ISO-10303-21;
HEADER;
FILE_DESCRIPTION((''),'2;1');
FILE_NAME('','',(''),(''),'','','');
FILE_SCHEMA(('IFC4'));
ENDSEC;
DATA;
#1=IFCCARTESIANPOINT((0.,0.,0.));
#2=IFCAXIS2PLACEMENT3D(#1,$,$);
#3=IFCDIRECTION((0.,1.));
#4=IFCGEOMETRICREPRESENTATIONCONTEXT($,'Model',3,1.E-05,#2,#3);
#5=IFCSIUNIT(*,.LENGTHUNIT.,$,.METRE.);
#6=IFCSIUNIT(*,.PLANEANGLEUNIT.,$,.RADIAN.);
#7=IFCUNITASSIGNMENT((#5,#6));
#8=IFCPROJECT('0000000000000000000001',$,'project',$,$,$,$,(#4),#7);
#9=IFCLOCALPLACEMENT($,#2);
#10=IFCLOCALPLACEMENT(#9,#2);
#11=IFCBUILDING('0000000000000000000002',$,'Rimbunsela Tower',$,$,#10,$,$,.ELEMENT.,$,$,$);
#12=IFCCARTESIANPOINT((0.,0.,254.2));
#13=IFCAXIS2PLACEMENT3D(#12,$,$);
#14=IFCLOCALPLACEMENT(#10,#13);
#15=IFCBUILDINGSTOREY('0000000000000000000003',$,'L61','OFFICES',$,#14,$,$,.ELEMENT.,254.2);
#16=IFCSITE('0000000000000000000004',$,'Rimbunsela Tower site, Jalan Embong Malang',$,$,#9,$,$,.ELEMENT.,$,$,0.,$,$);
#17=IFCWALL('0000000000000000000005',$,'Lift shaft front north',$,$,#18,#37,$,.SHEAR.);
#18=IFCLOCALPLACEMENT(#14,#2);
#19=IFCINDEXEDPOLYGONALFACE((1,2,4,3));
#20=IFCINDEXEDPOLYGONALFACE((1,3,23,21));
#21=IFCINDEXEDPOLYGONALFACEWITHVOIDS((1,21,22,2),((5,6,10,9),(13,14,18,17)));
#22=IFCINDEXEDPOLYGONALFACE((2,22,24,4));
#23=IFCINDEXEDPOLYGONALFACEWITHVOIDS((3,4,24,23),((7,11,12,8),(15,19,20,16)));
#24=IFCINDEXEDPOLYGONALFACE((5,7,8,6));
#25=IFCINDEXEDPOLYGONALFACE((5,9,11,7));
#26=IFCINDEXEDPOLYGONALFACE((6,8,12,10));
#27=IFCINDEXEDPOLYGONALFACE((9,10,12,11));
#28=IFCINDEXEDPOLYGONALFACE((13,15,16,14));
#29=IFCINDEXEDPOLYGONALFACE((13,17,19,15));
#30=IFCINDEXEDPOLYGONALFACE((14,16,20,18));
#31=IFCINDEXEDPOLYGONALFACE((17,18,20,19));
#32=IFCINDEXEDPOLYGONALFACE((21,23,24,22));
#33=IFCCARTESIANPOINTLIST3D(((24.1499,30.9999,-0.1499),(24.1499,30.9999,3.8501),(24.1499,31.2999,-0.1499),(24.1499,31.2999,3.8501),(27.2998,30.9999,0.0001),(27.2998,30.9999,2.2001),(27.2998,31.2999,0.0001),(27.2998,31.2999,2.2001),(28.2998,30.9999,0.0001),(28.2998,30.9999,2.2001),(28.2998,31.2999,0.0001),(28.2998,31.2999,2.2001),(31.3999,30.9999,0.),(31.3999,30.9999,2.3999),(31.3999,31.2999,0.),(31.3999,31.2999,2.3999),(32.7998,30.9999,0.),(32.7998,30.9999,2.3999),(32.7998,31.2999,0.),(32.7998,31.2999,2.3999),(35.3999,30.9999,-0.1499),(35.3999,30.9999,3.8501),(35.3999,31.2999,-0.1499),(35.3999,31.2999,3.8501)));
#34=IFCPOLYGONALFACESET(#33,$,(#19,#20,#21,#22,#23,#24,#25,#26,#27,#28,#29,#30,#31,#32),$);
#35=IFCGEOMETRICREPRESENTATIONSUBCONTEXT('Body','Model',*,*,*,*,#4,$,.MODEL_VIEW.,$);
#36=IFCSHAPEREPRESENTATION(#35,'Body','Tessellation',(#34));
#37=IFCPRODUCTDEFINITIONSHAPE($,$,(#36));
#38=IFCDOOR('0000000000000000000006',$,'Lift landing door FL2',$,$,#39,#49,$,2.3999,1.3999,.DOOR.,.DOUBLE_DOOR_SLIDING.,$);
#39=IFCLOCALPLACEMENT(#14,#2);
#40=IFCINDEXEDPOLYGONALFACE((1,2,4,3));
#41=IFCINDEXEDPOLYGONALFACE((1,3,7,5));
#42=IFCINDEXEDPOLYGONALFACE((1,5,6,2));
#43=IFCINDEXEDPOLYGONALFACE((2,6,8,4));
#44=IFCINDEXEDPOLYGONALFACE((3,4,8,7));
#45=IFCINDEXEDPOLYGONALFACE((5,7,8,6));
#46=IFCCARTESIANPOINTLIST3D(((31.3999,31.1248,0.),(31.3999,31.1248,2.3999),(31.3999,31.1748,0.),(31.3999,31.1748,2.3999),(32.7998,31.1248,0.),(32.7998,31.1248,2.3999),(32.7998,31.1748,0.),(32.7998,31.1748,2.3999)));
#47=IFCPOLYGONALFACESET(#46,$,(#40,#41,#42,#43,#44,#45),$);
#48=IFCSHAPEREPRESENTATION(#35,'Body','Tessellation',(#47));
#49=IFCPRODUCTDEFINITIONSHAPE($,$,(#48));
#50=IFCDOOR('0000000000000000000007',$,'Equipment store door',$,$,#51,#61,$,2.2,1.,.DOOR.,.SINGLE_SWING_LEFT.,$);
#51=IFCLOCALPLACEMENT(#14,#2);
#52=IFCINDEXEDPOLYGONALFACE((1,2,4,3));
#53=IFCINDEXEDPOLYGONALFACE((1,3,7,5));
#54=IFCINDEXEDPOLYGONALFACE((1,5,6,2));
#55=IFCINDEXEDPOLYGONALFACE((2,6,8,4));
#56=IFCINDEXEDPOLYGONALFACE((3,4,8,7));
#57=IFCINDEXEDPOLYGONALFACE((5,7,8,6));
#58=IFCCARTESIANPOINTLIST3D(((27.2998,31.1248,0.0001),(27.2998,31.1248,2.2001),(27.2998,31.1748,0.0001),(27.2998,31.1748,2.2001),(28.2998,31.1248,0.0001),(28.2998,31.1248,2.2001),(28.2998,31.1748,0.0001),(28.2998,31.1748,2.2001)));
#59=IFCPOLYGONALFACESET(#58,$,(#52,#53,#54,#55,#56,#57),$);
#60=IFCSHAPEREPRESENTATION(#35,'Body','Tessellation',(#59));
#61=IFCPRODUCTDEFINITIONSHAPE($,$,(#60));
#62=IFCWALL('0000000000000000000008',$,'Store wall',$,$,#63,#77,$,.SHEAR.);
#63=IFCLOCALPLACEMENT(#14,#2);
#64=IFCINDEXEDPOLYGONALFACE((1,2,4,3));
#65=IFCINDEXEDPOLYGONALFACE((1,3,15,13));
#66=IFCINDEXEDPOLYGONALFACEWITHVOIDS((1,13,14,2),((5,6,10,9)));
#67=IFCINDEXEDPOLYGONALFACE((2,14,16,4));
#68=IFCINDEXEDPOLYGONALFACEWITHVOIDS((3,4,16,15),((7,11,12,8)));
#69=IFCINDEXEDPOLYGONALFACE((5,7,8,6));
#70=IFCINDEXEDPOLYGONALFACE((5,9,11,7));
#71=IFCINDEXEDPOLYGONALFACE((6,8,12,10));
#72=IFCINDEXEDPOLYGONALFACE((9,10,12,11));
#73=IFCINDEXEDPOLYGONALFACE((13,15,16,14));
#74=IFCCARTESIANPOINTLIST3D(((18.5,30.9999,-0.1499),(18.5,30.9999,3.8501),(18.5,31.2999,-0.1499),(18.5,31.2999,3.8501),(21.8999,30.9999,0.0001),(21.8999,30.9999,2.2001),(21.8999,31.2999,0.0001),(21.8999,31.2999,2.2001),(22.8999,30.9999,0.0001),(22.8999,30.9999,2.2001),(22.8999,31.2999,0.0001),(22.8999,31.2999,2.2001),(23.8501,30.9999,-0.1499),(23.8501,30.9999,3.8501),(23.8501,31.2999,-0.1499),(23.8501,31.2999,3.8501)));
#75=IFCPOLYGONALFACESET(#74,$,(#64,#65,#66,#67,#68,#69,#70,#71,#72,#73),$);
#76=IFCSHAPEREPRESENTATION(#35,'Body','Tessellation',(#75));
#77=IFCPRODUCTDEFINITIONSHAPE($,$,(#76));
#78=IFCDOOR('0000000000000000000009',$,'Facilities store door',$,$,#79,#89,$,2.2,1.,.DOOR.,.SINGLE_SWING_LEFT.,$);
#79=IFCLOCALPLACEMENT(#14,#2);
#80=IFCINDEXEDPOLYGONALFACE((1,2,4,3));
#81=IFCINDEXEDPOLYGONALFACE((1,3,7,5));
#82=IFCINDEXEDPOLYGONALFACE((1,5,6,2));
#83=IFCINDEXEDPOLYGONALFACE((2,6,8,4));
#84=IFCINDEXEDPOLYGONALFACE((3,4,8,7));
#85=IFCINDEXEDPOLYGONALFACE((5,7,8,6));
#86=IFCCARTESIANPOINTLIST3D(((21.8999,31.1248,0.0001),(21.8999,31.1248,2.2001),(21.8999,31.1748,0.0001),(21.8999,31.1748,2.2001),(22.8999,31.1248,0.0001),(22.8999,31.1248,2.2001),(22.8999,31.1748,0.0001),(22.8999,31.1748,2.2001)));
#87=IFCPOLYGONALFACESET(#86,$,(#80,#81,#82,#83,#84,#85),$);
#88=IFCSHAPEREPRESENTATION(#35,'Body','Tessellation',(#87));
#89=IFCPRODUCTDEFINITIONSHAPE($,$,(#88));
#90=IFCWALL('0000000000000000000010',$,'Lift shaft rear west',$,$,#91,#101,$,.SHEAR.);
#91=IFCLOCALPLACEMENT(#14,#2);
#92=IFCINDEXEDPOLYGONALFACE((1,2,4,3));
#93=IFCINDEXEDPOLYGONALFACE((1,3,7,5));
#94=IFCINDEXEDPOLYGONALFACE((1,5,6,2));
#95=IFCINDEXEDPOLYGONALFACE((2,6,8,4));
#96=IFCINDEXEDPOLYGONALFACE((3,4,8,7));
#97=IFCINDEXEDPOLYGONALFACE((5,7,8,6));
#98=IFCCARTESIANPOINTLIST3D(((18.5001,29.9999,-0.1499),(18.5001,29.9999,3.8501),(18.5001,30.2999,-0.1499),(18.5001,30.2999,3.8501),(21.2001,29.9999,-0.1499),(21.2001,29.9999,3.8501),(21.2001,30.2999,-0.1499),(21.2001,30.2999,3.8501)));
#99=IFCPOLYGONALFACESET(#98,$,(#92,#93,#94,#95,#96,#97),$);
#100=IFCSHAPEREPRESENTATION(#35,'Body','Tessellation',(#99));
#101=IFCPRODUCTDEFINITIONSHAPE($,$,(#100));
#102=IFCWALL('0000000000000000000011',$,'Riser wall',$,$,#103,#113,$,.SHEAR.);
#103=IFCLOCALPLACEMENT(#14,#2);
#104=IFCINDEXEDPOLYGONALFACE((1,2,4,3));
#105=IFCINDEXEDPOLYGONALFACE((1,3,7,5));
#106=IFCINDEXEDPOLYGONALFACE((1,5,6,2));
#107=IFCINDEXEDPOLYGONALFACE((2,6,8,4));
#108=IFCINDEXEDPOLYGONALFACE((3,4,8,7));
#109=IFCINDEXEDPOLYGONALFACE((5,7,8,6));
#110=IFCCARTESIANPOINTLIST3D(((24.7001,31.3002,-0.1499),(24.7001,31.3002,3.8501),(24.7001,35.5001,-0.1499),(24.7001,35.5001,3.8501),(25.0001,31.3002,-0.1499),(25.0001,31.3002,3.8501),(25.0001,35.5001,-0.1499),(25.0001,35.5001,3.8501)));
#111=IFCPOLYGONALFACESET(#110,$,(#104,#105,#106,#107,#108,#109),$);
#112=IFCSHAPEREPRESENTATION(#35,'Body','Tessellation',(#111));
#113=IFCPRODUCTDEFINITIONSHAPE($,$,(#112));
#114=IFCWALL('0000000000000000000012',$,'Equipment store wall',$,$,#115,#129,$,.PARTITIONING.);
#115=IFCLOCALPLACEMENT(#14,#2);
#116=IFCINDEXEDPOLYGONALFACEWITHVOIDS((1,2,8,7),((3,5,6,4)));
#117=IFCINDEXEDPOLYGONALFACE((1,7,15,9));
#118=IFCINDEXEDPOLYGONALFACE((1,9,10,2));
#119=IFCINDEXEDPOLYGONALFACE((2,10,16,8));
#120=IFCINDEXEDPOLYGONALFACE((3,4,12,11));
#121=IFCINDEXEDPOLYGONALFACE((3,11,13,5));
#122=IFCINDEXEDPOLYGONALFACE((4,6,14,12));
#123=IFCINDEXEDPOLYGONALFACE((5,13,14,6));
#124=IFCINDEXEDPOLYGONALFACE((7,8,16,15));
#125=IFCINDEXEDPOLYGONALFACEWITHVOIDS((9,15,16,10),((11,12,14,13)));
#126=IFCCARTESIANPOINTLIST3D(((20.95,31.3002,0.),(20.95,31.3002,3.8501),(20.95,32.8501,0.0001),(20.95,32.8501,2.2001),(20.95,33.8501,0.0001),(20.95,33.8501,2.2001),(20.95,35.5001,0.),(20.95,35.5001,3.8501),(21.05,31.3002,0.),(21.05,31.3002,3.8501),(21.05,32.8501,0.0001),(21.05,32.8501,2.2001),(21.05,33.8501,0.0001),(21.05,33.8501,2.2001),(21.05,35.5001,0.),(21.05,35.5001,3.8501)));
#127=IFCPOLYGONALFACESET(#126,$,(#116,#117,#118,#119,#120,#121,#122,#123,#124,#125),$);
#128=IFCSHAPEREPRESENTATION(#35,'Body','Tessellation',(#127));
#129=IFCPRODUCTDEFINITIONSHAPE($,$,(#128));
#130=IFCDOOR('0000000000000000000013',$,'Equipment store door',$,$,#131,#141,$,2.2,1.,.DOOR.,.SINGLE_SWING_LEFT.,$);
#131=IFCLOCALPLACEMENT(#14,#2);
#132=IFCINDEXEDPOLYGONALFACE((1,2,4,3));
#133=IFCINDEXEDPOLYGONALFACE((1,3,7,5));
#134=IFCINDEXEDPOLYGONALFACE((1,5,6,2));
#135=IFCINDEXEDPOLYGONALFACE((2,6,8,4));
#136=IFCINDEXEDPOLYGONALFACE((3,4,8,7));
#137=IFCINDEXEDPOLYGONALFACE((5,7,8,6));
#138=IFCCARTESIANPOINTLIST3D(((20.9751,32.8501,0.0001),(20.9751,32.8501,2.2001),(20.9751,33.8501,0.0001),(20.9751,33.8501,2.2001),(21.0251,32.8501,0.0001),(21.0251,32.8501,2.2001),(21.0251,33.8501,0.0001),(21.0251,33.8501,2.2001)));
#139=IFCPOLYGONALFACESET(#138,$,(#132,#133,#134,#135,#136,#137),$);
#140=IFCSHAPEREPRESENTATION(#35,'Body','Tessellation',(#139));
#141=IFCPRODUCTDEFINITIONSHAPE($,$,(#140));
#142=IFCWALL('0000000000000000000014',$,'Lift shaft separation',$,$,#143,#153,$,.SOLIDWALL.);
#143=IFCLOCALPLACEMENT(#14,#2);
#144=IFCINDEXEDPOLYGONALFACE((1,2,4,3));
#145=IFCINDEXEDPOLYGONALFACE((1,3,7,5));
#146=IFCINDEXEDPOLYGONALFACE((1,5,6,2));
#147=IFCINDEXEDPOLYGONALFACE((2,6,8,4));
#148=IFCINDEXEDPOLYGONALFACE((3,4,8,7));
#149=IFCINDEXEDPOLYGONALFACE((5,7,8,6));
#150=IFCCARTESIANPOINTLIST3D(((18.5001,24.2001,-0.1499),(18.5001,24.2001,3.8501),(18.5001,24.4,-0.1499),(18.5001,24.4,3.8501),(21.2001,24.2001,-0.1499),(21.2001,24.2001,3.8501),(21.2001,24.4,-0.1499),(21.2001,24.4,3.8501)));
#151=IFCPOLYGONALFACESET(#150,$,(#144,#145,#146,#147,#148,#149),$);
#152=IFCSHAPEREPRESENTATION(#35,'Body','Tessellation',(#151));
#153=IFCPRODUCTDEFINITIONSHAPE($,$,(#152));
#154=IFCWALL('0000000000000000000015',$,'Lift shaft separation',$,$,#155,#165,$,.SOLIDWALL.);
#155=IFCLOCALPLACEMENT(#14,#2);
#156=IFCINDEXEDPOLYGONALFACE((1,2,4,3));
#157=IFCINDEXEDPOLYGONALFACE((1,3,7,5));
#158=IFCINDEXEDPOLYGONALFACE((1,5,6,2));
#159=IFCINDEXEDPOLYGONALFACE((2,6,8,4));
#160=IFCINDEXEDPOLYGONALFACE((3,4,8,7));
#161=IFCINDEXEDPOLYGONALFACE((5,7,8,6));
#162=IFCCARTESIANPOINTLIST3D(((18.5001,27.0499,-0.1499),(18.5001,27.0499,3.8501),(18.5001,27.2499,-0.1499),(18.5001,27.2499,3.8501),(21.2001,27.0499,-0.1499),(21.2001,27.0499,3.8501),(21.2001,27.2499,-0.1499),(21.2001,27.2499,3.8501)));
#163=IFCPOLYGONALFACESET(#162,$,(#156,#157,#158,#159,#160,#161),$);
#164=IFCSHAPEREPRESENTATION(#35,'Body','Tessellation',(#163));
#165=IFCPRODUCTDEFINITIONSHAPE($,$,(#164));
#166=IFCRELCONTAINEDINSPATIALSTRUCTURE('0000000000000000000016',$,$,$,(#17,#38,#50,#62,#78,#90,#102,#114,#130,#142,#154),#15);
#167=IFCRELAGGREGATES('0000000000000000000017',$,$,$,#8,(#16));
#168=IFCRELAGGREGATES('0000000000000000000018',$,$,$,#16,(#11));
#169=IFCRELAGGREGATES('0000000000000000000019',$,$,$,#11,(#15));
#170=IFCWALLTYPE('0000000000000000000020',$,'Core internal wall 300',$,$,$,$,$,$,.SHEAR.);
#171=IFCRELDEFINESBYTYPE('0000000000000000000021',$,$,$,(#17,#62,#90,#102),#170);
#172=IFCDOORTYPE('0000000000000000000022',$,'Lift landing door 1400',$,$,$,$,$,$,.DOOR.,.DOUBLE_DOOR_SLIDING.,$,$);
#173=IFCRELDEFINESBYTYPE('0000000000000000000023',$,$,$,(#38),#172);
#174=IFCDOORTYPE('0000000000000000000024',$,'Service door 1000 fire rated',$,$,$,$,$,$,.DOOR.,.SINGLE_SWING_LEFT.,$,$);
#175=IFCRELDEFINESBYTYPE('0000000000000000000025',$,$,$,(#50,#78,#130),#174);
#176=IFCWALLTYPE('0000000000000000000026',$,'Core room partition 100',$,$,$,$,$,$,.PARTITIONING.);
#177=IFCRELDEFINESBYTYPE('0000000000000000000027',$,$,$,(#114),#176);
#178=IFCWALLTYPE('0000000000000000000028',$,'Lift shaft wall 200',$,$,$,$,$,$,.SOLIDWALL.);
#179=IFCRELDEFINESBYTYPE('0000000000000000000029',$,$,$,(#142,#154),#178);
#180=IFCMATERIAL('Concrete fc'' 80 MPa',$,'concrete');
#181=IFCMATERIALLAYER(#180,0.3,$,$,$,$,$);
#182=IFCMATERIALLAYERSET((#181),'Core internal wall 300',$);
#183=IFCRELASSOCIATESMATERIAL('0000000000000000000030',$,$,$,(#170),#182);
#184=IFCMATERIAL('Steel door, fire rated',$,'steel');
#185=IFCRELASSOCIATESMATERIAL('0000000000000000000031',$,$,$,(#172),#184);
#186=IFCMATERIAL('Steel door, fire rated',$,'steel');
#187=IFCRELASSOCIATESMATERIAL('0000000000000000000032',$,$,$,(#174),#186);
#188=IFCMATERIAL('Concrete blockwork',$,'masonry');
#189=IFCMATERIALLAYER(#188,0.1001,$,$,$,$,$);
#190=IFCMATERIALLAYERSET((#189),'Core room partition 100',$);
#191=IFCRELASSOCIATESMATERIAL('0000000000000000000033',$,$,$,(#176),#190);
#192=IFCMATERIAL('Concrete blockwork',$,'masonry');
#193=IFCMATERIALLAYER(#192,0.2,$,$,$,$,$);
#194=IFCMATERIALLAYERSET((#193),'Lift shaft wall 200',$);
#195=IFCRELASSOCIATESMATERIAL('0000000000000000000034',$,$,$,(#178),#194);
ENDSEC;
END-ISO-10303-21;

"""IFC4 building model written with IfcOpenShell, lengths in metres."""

from ifc_helpers import new_model, si_unit, direction, frame, frame_2d, origin, place, context, subcontext, project, spatial, rectangle, extrude, material, layer, layer_set, type_object, element, fill, save


model = new_model("IFC4")

# Units and contexts
model_context = context("Model", 3, precision=1e-05, world=origin(), true_north=direction((0.0, 1.0)))
body_context = subcontext(model_context, "Body", "Model", "MODEL_VIEW")
ifc_project = project(units=[si_unit("LENGTHUNIT", "METRE"), si_unit("PLANEANGLEUNIT", "RADIAN")], contexts=[model_context])

# Site, building, storey
site_placement = place(None, origin())
site = spatial("IfcSite", under=ifc_project, at=site_placement, Name="Rimbunsela Tower site, Jalan Embong Malang", CompositionType="ELEMENT", RefElevation=0.0)
building_placement = place(site_placement, origin())
building = spatial("IfcBuilding", under=site, at=building_placement, Name="Rimbunsela Tower", CompositionType="ELEMENT")
storey_placement = place(building_placement, frame((0.0, 0.0, 254.2)))
storey = spatial("IfcBuildingStorey", under=building, at=storey_placement, Name="L61", Description="OFFICES", CompositionType="ELEMENT", Elevation=254.2)

# Wall, openings, doors
ifc_material_1 = material(Name="Concrete fc' 80 MPa", Category="concrete")
ifc_layer_1 = layer(ifc_material_1, 0.3)
ifc_layer_set_1 = layer_set([ifc_layer_1], Name="Core internal wall 300")
wall_type_1 = type_object("IfcWallType", Name="Core internal wall 300", PredefinedType="SHEAR", material=ifc_layer_set_1)
wall_1_placement = place(storey_placement, frame((24.1499, 31.1499, -0.1499), z_axis=(0.0, 0.0, 1.0), x_axis=(1.0, 0.0, 0.0)))
wall_1 = element("IfcWall", 1, at=wall_1_placement, inside=storey, type_object=wall_type_1, Name="Lift shaft front north", PredefinedType="SHEAR", context=body_context, shape_type="SweptSolid", body=[
    extrude(rectangle(XDim=11.25, YDim=0.3, at=frame_2d((5.625, 0.0))), origin(), (0.0, 0.0, 1.0), 4.0),
])
opening_1_placement = place(wall_1_placement, frame((3.1499, 0.0, 0.1499)))
opening_1 = element("IfcOpeningElement", 2, at=opening_1_placement, cuts=wall_1, PredefinedType="OPENING", context=body_context, shape_type="SweptSolid", body=[
    extrude(rectangle(XDim=1.0, YDim=2.2, at=frame_2d((0.5, 1.1001))), frame((0.0, 0.1599, 0.0), z_axis=(0.0, -1.0, 0.0), x_axis=(1.0, 0.0, 0.0)), (0.0, 0.0, 1.0), 0.3201),
])
opening_2_placement = place(wall_1_placement, frame((7.25, 0.0, 0.1499)))
opening_2 = element("IfcOpeningElement", 3, at=opening_2_placement, cuts=wall_1, PredefinedType="OPENING", context=body_context, shape_type="SweptSolid", body=[
    extrude(rectangle(XDim=1.3999, YDim=2.3999, at=frame_2d((0.7, 1.2))), frame((0.0, 0.1599, 0.0), z_axis=(0.0, -1.0, 0.0), x_axis=(1.0, 0.0, 0.0)), (0.0, 0.0, 1.0), 0.3201),
])
ifc_material_2 = material(Name="Steel door, fire rated", Category="steel")
door_type_1 = type_object("IfcDoorType", Name="Lift landing door 1400", OperationType="DOUBLE_DOOR_SLIDING", PredefinedType="DOOR", material=ifc_material_2)
door_1_placement = place(opening_2_placement, origin())
door_1 = element("IfcDoor", 4, at=door_1_placement, inside=storey, type_object=door_type_1, Name="Lift landing door FL2", OperationType="DOUBLE_DOOR_SLIDING", OverallHeight=2.3999, OverallWidth=1.3999, PredefinedType="DOOR", context=body_context, shape_type="SweptSolid", body=[
    extrude(rectangle(XDim=1.3999, YDim=2.3999, at=frame_2d((0.7, 1.2))), frame((0.0, 0.0249, 0.0), z_axis=(0.0, -1.0, 0.0), x_axis=(1.0, 0.0, 0.0)), (0.0, 0.0, 1.0), 0.05),
])
fill(opening_2, door_1)
ifc_material_3 = material(Name="Steel door, fire rated", Category="steel")
door_type_2 = type_object("IfcDoorType", Name="Service door 1000 fire rated", OperationType="SINGLE_SWING_LEFT", PredefinedType="DOOR", material=ifc_material_3)
door_2_placement = place(opening_1_placement, origin())
door_2 = element("IfcDoor", 5, at=door_2_placement, inside=storey, type_object=door_type_2, Name="Equipment store door", OperationType="SINGLE_SWING_LEFT", OverallHeight=2.2, OverallWidth=1.0, PredefinedType="DOOR", context=body_context, shape_type="SweptSolid", body=[
    extrude(rectangle(XDim=1.0, YDim=2.2, at=frame_2d((0.5, 1.1001))), frame((0.0, 0.0249, 0.0), z_axis=(0.0, -1.0, 0.0), x_axis=(1.0, 0.0, 0.0)), (0.0, 0.0, 1.0), 0.05),
])
fill(opening_1, door_2)

# Wall, opening, door
wall_2_placement = place(storey_placement, frame((18.5, 31.1499, -0.1499), z_axis=(0.0, 0.0, 1.0), x_axis=(1.0, 0.0, 0.0)))
wall_2 = element("IfcWall", 6, at=wall_2_placement, inside=storey, type_object=wall_type_1, Name="Store wall", PredefinedType="SHEAR", context=body_context, shape_type="SweptSolid", body=[
    extrude(rectangle(XDim=5.3501, YDim=0.3, at=frame_2d((2.675, 0.0))), origin(), (0.0, 0.0, 1.0), 4.0),
])
opening_3_placement = place(wall_2_placement, frame((3.3999, 0.0, 0.1499)))
opening_3 = element("IfcOpeningElement", 7, at=opening_3_placement, cuts=wall_2, PredefinedType="OPENING", context=body_context, shape_type="SweptSolid", body=[
    extrude(rectangle(XDim=1.0, YDim=2.2, at=frame_2d((0.5, 1.1001))), frame((0.0, 0.1599, 0.0), z_axis=(0.0, -1.0, 0.0), x_axis=(1.0, 0.0, 0.0)), (0.0, 0.0, 1.0), 0.3201),
])
door_3_placement = place(opening_3_placement, origin())
door_3 = element("IfcDoor", 8, at=door_3_placement, inside=storey, type_object=door_type_2, Name="Facilities store door", OperationType="SINGLE_SWING_LEFT", OverallHeight=2.2, OverallWidth=1.0, PredefinedType="DOOR", context=body_context, shape_type="SweptSolid", body=[
    extrude(rectangle(XDim=1.0, YDim=2.2, at=frame_2d((0.5, 1.1001))), frame((0.0, 0.0249, 0.0), z_axis=(0.0, -1.0, 0.0), x_axis=(1.0, 0.0, 0.0)), (0.0, 0.0, 1.0), 0.05),
])
fill(opening_3, door_3)

# Walls
wall_3_placement = place(storey_placement, frame((18.5, 30.1499, -0.1499), z_axis=(0.0, 0.0, 1.0), x_axis=(1.0, 0.0, 0.0)))
element("IfcWall", 9, at=wall_3_placement, inside=storey, type_object=wall_type_1, Name="Lift shaft rear west", PredefinedType="SHEAR", context=body_context, shape_type="SweptSolid", body=[
    extrude(rectangle(XDim=2.7, YDim=0.3, at=frame_2d((1.3501, 0.0))), origin(), (0.0, 0.0, 1.0), 4.0),
])
wall_4_placement = place(storey_placement, frame((24.8501, 31.3, -0.1499), z_axis=(0.0, 0.0, 1.0), x_axis=(0.0, 1.0, 0.0)))
element("IfcWall", 10, at=wall_4_placement, inside=storey, type_object=wall_type_1, Name="Riser wall", PredefinedType="SHEAR", context=body_context, shape_type="SweptSolid", body=[
    extrude(rectangle(XDim=4.2, YDim=0.3, at=frame_2d((2.1001, 0.0))), origin(), (0.0, 0.0, 1.0), 4.0),
])

# Wall, opening, door
ifc_material_4 = material(Name="Concrete blockwork", Category="masonry")
ifc_layer_2 = layer(ifc_material_4, 0.1001)
ifc_layer_set_2 = layer_set([ifc_layer_2], Name="Core room partition 100")
wall_type_2 = type_object("IfcWallType", Name="Core room partition 100", PredefinedType="PARTITIONING", material=ifc_layer_set_2)
wall_5_placement = place(storey_placement, frame((21.0, 31.3, 0.0), z_axis=(0.0, 0.0, 1.0), x_axis=(0.0, 1.0, 0.0)))
wall_5 = element("IfcWall", 11, at=wall_5_placement, inside=storey, type_object=wall_type_2, Name="Equipment store wall", PredefinedType="PARTITIONING", context=body_context, shape_type="SweptSolid", body=[
    extrude(rectangle(XDim=4.2, YDim=0.1001, at=frame_2d((2.1001, 0.0))), origin(), (0.0, 0.0, 1.0), 3.8501),
])
opening_4_placement = place(wall_5_placement, frame((1.55, 0.0, 0.0)))
opening_4 = element("IfcOpeningElement", 12, at=opening_4_placement, cuts=wall_5, PredefinedType="OPENING", context=body_context, shape_type="SweptSolid", body=[
    extrude(rectangle(XDim=1.0, YDim=2.2, at=frame_2d((0.5, 1.1001))), frame((0.0, 0.0601, 0.0), z_axis=(0.0, -1.0, 0.0), x_axis=(1.0, 0.0, 0.0)), (0.0, 0.0, 1.0), 0.1201),
])
door_4_placement = place(opening_4_placement, origin())
door_4 = element("IfcDoor", 13, at=door_4_placement, inside=storey, type_object=door_type_2, Name="Equipment store door", OperationType="SINGLE_SWING_LEFT", OverallHeight=2.2, OverallWidth=1.0, PredefinedType="DOOR", context=body_context, shape_type="SweptSolid", body=[
    extrude(rectangle(XDim=1.0, YDim=2.2, at=frame_2d((0.5, 1.1001))), frame((0.0, 0.0249, 0.0), z_axis=(0.0, -1.0, 0.0), x_axis=(1.0, 0.0, 0.0)), (0.0, 0.0, 1.0), 0.05),
])
fill(opening_4, door_4)

# Walls
ifc_material_5 = material(Name="Concrete blockwork", Category="masonry")
ifc_layer_3 = layer(ifc_material_5, 0.2)
ifc_layer_set_3 = layer_set([ifc_layer_3], Name="Lift shaft wall 200")
wall_type_3 = type_object("IfcWallType", Name="Lift shaft wall 200", PredefinedType="SOLIDWALL", material=ifc_layer_set_3)
for number, where, z_axis, x_axis, name in (
    (14, (18.5, 24.3, -0.1499), (0.0, 0.0, 1.0), (1.0, 0.0, 0.0), "Lift shaft separation"),
    (15, (18.5, 27.1499, -0.1499), (0.0, 0.0, 1.0), (1.0, 0.0, 0.0), "Lift shaft separation"),
):
    element("IfcWall", number, at=place(storey_placement, frame(where, z_axis=z_axis, x_axis=x_axis)), inside=storey, type_object=wall_type_3, Name=name, PredefinedType="SOLIDWALL", context=body_context, shape_type="SweptSolid", body=[
        extrude(rectangle(XDim=2.7, YDim=0.2, at=frame_2d((1.3501, 0.0))), origin(), (0.0, 0.0, 1.0), 4.0),
    ])

save(model, "model.ifc")
